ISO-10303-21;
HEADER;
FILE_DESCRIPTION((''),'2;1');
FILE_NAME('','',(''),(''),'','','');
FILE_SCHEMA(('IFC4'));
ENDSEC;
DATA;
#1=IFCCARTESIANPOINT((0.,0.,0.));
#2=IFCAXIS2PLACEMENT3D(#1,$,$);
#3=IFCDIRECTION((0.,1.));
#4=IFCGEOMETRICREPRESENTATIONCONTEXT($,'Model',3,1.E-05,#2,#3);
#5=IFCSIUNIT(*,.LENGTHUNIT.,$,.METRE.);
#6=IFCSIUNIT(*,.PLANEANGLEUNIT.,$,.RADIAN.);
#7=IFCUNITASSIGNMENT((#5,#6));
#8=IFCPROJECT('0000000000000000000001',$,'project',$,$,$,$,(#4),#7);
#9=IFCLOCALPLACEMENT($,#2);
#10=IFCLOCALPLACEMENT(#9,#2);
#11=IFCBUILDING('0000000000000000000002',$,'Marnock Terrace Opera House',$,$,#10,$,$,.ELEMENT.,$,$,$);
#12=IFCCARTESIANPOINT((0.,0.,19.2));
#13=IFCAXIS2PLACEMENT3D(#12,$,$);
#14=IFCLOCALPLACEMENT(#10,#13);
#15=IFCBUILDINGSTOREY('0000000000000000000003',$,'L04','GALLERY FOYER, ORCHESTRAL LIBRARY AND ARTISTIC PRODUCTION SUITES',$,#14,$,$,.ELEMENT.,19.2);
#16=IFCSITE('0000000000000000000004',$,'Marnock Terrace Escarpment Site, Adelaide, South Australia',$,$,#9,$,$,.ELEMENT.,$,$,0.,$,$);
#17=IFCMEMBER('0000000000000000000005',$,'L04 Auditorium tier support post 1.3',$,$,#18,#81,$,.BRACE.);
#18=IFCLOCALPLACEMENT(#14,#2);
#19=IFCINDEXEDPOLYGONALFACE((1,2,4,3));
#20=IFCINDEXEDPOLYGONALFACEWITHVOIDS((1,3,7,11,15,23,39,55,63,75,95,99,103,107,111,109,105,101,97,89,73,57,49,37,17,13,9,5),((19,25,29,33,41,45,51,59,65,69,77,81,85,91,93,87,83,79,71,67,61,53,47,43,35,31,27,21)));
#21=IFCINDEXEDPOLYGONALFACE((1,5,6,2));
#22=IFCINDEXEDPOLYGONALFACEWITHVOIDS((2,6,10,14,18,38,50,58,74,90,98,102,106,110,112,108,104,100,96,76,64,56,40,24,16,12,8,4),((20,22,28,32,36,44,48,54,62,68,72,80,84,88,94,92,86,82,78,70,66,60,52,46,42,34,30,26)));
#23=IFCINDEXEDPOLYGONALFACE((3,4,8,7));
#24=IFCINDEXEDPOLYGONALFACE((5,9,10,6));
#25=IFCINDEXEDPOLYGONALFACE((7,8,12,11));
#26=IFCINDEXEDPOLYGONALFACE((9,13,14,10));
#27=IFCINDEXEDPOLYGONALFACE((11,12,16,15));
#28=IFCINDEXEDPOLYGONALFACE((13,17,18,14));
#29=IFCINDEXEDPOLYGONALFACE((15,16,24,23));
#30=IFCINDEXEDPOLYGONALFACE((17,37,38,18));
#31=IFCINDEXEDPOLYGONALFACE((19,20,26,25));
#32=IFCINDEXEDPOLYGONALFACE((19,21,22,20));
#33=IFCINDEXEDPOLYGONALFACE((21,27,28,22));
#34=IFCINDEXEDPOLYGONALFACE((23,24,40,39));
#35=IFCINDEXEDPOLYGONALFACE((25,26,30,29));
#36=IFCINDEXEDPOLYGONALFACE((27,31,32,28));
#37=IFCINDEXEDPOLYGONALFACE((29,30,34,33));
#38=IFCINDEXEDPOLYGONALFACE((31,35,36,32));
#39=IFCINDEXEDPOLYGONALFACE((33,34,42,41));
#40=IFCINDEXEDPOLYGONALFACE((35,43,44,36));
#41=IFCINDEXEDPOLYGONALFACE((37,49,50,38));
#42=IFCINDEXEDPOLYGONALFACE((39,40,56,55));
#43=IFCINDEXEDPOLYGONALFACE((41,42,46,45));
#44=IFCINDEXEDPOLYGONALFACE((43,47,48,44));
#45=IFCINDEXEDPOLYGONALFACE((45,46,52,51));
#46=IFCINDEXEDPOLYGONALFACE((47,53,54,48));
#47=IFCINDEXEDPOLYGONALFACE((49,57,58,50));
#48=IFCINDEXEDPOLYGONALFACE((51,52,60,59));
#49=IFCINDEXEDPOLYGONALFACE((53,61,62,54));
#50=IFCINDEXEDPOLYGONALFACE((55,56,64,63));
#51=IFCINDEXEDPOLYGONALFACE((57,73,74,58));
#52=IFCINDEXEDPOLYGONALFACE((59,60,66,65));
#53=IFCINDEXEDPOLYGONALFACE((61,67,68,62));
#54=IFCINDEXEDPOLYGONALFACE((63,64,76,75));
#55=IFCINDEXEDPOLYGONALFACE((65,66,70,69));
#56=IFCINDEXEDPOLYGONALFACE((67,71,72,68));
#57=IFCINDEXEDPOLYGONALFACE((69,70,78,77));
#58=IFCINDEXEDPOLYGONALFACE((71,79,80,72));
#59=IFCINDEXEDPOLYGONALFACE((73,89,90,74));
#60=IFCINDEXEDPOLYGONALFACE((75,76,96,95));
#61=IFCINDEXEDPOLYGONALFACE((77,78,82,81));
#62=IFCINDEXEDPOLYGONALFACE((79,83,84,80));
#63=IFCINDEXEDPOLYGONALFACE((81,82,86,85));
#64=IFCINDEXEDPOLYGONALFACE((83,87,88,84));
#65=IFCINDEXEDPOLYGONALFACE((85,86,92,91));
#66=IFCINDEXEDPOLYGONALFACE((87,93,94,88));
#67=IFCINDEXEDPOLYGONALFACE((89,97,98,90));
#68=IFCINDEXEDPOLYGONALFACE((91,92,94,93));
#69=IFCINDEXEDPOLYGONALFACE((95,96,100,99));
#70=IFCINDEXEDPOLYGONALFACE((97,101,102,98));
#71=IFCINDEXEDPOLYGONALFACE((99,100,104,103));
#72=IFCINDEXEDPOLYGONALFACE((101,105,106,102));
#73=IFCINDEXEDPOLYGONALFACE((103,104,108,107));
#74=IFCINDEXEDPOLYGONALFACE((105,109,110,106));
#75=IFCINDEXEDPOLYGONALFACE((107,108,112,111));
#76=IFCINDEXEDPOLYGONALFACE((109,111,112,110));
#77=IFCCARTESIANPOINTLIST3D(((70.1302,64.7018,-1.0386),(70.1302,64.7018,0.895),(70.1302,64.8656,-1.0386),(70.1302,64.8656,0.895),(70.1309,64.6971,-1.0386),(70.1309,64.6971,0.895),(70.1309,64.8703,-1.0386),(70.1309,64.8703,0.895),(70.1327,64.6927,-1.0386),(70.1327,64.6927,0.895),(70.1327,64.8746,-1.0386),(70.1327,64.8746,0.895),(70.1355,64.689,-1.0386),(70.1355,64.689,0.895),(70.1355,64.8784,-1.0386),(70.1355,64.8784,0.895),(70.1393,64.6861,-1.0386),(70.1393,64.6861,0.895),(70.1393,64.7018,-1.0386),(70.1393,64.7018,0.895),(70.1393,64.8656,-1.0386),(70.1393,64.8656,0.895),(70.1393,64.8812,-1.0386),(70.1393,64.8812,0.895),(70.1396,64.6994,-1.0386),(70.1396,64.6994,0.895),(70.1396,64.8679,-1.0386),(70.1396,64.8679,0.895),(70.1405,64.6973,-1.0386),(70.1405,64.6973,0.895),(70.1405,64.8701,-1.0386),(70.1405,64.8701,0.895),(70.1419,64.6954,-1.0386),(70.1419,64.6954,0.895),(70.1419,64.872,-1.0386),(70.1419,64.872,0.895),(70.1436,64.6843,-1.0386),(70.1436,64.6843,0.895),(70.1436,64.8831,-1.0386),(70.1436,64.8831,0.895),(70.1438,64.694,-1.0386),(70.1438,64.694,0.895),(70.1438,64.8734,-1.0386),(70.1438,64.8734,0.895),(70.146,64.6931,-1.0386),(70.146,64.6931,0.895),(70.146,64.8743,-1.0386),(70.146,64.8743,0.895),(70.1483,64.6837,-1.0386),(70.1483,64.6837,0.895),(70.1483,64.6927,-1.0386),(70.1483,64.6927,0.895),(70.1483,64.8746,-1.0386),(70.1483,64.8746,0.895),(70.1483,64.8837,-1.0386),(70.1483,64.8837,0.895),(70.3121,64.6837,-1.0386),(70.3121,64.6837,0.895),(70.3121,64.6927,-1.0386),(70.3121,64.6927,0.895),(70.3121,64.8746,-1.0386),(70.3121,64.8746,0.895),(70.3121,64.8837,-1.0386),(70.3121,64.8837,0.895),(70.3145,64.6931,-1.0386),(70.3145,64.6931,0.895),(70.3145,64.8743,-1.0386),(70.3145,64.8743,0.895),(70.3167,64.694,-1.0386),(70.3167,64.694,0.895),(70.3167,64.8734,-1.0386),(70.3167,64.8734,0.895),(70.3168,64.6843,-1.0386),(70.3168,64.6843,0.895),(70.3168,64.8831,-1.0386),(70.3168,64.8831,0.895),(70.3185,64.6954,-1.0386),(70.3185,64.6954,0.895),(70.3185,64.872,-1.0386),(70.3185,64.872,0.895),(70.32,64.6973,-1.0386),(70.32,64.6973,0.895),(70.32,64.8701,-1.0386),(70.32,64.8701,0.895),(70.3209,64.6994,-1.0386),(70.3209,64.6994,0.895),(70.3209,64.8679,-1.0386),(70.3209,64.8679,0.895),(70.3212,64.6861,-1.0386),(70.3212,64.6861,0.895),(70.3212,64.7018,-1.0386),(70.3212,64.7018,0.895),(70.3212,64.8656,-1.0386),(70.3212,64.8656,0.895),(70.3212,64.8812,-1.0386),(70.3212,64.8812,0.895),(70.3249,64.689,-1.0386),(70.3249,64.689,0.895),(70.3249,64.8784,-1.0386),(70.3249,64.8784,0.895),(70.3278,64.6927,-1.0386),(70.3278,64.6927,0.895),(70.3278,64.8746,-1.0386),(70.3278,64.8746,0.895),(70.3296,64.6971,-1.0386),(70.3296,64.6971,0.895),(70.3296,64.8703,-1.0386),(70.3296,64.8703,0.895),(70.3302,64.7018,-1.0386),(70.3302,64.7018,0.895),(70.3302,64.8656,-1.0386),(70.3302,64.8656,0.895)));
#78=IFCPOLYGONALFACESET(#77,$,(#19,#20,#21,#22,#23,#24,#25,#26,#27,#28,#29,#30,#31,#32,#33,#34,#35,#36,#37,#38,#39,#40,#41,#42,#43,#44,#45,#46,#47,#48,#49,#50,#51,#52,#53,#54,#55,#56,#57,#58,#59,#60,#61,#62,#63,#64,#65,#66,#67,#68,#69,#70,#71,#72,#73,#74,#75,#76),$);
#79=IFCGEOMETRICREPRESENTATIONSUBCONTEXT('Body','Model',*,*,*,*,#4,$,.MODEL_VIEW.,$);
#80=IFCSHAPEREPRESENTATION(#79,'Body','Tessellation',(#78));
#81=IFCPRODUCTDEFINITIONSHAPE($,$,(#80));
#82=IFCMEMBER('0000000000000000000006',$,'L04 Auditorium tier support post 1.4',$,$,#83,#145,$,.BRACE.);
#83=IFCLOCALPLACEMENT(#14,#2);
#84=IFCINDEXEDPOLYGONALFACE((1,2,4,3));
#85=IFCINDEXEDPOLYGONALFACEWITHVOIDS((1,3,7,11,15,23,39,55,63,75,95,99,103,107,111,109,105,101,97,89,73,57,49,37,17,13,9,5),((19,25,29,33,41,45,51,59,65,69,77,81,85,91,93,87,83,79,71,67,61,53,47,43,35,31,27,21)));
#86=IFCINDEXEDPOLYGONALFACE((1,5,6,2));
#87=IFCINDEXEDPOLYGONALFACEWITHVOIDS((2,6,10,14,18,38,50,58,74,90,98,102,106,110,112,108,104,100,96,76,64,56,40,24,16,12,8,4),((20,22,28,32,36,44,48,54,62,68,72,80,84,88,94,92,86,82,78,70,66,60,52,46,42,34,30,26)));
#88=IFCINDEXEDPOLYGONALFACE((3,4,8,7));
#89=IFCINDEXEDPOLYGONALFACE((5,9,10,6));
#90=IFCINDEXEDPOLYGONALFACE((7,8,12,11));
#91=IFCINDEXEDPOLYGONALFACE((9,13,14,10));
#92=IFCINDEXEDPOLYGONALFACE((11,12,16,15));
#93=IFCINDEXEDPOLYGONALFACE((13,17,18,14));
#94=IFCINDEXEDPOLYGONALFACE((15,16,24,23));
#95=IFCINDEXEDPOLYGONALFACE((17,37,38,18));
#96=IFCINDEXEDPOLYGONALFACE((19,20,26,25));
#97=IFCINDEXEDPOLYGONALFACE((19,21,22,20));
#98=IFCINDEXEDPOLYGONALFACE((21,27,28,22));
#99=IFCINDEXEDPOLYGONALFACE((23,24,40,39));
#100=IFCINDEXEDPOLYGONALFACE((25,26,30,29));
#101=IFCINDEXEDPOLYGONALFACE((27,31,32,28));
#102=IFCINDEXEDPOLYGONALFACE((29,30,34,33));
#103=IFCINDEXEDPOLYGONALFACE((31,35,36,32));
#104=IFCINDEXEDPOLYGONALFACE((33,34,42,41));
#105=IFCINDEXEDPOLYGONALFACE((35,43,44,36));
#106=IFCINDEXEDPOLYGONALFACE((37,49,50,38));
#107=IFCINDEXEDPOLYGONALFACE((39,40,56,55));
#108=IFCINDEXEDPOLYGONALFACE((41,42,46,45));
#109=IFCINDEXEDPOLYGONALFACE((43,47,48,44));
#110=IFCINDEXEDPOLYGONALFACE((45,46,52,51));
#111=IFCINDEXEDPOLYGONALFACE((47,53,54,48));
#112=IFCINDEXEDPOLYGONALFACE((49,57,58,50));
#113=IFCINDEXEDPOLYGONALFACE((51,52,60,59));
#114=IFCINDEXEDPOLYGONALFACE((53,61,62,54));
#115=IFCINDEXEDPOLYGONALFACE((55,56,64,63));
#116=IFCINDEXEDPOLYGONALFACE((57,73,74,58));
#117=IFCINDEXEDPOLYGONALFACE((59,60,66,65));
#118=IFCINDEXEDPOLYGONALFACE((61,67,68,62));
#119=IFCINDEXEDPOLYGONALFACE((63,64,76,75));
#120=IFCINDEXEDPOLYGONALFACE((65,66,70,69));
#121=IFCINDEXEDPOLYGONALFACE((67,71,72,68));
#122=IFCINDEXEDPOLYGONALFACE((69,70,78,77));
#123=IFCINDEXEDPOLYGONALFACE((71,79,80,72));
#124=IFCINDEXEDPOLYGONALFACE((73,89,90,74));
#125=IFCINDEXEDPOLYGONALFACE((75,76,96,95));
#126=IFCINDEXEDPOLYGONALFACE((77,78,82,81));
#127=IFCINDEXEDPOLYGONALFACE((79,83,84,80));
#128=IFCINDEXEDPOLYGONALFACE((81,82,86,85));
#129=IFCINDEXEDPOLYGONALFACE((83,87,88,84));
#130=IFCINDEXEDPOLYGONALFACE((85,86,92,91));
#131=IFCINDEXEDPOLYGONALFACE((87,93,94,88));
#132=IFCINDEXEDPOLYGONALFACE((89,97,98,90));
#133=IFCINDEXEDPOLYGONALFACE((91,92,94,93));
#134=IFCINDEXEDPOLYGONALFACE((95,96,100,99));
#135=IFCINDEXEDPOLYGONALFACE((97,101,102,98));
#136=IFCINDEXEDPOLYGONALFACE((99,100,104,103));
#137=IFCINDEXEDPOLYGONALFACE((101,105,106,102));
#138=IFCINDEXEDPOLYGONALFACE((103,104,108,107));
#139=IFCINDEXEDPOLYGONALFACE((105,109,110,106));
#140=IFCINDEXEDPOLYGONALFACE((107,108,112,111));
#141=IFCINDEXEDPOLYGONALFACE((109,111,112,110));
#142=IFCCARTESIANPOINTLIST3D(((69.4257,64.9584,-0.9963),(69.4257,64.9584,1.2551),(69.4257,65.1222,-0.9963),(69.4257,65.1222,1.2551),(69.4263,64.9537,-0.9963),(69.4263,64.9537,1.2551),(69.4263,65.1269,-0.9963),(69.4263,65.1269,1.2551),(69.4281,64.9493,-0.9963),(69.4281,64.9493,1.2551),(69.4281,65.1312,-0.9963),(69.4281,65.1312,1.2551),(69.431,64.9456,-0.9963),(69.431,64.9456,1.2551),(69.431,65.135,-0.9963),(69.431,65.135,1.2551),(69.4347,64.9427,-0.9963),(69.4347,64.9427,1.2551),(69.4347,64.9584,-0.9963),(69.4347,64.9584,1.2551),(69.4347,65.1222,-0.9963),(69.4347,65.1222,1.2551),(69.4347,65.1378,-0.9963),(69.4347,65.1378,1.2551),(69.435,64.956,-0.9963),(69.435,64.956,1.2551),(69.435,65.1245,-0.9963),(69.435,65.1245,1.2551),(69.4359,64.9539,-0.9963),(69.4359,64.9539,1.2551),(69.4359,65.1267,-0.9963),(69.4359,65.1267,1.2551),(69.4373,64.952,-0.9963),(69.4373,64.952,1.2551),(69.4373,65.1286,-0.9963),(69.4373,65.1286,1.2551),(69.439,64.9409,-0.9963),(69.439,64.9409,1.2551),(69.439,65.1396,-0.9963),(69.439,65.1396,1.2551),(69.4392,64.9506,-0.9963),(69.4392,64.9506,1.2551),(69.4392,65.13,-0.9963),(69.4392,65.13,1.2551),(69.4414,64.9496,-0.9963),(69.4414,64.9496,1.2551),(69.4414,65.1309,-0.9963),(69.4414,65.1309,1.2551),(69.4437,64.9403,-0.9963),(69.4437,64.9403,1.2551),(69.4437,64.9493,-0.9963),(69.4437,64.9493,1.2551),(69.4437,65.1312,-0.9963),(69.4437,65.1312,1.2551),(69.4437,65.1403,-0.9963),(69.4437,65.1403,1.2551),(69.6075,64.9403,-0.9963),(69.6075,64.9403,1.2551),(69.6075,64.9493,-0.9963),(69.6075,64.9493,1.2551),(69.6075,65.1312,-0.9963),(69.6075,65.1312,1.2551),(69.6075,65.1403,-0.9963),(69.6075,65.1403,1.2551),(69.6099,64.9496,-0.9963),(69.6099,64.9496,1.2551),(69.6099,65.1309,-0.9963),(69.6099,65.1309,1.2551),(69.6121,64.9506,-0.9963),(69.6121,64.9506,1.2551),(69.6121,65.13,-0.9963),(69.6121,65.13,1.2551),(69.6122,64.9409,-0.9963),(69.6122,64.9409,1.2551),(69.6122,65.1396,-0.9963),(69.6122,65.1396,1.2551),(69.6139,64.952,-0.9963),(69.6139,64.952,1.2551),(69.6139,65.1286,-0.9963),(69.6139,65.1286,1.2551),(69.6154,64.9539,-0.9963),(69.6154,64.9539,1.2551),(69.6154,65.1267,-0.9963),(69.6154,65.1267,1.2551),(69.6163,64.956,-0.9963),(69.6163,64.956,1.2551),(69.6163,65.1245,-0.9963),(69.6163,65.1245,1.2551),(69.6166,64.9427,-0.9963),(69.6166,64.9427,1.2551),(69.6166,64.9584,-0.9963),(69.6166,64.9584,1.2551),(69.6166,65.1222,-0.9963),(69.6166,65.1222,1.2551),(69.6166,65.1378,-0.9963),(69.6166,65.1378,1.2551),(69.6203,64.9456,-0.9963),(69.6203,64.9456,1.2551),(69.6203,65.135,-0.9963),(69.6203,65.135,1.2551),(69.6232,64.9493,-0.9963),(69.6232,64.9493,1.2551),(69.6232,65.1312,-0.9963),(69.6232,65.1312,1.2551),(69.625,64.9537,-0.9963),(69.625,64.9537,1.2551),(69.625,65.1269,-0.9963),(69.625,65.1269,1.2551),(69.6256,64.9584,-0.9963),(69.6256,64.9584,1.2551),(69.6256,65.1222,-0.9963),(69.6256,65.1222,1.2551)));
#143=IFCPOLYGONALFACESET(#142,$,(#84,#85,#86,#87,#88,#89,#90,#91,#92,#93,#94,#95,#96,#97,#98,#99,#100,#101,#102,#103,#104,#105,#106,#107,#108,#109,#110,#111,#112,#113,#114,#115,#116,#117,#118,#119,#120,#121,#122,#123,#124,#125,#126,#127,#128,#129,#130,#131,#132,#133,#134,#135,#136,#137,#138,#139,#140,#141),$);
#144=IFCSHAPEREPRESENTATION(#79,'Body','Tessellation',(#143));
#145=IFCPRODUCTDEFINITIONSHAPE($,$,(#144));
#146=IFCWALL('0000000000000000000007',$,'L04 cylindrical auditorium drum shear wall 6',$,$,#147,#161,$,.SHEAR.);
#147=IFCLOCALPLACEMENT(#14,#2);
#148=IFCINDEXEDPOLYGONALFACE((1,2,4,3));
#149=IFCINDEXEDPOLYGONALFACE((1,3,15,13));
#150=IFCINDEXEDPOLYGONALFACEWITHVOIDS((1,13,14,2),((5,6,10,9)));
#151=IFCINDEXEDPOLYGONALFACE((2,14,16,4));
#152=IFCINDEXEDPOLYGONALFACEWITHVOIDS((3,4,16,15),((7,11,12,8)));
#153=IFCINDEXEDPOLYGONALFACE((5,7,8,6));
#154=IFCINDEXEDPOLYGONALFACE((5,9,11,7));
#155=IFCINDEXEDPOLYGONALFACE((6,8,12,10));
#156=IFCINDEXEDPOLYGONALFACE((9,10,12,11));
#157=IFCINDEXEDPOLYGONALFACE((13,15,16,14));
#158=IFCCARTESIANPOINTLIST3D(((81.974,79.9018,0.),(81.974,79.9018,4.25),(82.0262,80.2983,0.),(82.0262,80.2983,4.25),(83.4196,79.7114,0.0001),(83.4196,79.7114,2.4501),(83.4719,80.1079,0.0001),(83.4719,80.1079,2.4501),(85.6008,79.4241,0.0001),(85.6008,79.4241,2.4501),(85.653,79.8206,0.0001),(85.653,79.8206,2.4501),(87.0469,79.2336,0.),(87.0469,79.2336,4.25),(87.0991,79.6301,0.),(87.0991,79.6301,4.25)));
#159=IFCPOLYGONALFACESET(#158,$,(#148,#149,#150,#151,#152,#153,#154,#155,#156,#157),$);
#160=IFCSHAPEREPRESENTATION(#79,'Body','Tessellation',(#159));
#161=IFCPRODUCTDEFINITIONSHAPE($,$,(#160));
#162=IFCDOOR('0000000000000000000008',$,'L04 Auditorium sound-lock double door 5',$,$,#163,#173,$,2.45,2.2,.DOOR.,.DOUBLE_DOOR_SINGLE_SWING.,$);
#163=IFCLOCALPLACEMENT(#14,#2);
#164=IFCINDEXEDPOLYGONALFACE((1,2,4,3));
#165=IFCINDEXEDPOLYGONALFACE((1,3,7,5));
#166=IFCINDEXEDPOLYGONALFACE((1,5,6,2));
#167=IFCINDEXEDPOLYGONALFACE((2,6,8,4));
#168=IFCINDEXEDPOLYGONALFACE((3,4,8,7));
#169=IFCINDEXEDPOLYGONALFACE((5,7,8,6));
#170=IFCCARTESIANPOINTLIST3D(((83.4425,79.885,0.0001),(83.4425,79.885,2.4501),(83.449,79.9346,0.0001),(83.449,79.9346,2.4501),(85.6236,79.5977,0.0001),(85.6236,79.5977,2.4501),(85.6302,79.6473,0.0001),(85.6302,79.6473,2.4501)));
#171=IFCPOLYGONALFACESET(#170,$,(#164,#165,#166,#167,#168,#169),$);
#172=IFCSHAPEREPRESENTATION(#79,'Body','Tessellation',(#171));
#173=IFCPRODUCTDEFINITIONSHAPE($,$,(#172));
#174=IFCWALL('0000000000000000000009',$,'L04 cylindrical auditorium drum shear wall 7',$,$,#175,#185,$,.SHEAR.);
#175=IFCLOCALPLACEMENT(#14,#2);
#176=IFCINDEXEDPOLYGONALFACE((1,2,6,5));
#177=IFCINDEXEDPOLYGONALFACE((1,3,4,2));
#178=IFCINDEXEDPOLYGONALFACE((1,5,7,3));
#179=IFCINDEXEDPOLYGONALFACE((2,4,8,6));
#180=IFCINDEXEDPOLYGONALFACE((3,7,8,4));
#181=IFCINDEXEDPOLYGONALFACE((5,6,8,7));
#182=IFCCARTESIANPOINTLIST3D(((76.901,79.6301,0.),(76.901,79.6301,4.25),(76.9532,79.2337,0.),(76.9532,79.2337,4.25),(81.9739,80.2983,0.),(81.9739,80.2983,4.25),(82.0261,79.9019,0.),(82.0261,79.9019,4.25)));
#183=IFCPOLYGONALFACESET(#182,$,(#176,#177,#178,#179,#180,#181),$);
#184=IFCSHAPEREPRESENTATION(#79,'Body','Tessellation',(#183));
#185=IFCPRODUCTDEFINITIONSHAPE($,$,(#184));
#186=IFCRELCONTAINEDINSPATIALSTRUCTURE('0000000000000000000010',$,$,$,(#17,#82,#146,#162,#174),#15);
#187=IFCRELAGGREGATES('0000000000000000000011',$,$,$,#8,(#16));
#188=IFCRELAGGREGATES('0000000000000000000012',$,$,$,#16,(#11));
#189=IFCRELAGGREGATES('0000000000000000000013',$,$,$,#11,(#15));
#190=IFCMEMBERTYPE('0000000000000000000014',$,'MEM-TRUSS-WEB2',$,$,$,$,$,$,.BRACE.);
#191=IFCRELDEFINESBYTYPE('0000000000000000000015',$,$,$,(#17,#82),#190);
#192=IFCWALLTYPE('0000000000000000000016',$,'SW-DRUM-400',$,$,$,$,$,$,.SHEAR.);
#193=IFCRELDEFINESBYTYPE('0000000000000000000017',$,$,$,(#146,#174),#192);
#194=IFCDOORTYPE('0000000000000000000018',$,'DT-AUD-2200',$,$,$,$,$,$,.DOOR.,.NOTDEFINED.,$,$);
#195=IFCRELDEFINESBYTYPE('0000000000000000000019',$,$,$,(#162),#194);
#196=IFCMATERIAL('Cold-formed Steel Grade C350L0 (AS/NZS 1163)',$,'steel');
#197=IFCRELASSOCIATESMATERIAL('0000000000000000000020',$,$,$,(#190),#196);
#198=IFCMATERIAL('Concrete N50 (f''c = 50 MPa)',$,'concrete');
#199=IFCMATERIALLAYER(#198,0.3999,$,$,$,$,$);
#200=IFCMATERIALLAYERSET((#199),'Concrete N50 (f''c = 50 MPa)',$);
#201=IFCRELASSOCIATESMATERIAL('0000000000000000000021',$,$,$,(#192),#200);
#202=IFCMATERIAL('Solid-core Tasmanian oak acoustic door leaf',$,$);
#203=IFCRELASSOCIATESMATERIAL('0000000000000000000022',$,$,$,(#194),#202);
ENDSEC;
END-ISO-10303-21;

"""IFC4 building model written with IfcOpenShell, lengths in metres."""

from ifc_helpers import new_model, si_unit, direction, frame, frame_2d, origin, origin_2d, place, context, subcontext, project, spatial, rectangle, hollow_rectangle, extrude, material, layer, layer_set, material_profile, profile_set, type_object, element, fill, save


model = new_model("IFC4")

# Units and contexts
model_context = context("Model", 3, precision=1e-05, world=origin(), true_north=direction((0.0, 1.0)))
body_context = subcontext(model_context, "Body", "Model", "MODEL_VIEW")
ifc_project = project(units=[si_unit("LENGTHUNIT", "METRE"), si_unit("PLANEANGLEUNIT", "RADIAN")], contexts=[model_context])

# Site, building, storey
site_placement = place(None, origin())
site = spatial("IfcSite", under=ifc_project, at=site_placement, Name="Marnock Terrace Escarpment Site, Adelaide, South Australia", CompositionType="ELEMENT", RefElevation=0.0)
building_placement = place(site_placement, origin())
building = spatial("IfcBuilding", under=site, at=building_placement, Name="Marnock Terrace Opera House", CompositionType="ELEMENT")
storey_placement = place(building_placement, frame((0.0, 0.0, 19.2)))
storey = spatial("IfcBuildingStorey", under=building, at=storey_placement, Name="L04", Description="GALLERY FOYER, ORCHESTRAL LIBRARY AND ARTISTIC PRODUCTION SUITES", CompositionType="ELEMENT", Elevation=19.2)

# Shared definitions
ifc_material_1 = material(Name="Concrete N50 (f'c = 50 MPa)", Category="concrete")

# Members
ifc_material_2 = material(Name="Cold-formed Steel Grade C350L0 (AS/NZS 1163)", Category="steel")
ifc_material_profile_1 = material_profile(ifc_material_2, hollow_rectangle(XDim=0.2, YDim=0.2, WallThickness=0.009, InnerFilletRadius=0.009, OuterFilletRadius=0.0181, at=origin_2d()))
ifc_profile_set_1 = profile_set([ifc_material_profile_1], Name="Cold-formed Steel Grade C350L0 (AS/NZS 1163)")
member_type = type_object("IfcMemberType", Name="MEM-TRUSS-WEB2", PredefinedType="BRACE", material=ifc_profile_set_1)
member_1_placement = place(storey_placement, frame((70.2302, 64.7837, -1.0386), z_axis=(0.0, 0.0, 1.0), x_axis=(1.0, 0.0, 0.0)))
element("IfcMember", 1, at=member_1_placement, inside=storey, type_object=member_type, Name="L04 Auditorium tier support post 1.3", PredefinedType="BRACE", context=body_context, shape_type="SweptSolid", body=[
    extrude(hollow_rectangle(XDim=0.2, YDim=0.2, WallThickness=0.009, InnerFilletRadius=0.009, OuterFilletRadius=0.0181, at=origin_2d()), origin(), (0.0, 0.0, 1.0), 1.9336),
])
member_2_placement = place(storey_placement, frame((69.5256, 65.0403, -0.9963), z_axis=(0.0, 0.0, 1.0), x_axis=(1.0, 0.0, 0.0)))
element("IfcMember", 2, at=member_2_placement, inside=storey, type_object=member_type, Name="L04 Auditorium tier support post 1.4", PredefinedType="BRACE", context=body_context, shape_type="SweptSolid", body=[
    extrude(hollow_rectangle(XDim=0.2, YDim=0.2, WallThickness=0.009, InnerFilletRadius=0.009, OuterFilletRadius=0.0181, at=origin_2d()), origin(), (0.0, 0.0, 1.0), 2.2515),
])

# Wall, opening, door
ifc_layer_1 = layer(ifc_material_1, 0.3999)
ifc_layer_set_1 = layer_set([ifc_layer_1], Name="Concrete N50 (f'c = 50 MPa)")
wall_type_1 = type_object("IfcWallType", Name="SW-DRUM-400", PredefinedType="SHEAR", material=ifc_layer_set_1)
wall_1_placement = place(storey_placement, frame((87.073, 79.4319, 0.0), z_axis=(0.0, 0.0, 1.0), x_axis=(-0.991436, 0.130592, 0.0)))
wall_1 = element("IfcWall", 3, at=wall_1_placement, inside=storey, type_object=wall_type_1, Name="L04 cylindrical auditorium drum shear wall 6", PredefinedType="SHEAR", context=body_context, shape_type="SweptSolid", body=[
    extrude(rectangle(XDim=5.1167, YDim=0.3999, at=frame_2d((2.5583, 0.0))), origin(), (0.0, 0.0, 1.0), 4.25),
])
opening_1_placement = place(wall_1_placement, frame((1.4585, 0.0, 0.0)))
opening_1 = element("IfcOpeningElement", 4, at=opening_1_placement, cuts=wall_1, PredefinedType="OPENING", context=body_context, shape_type="SweptSolid", body=[
    extrude(rectangle(XDim=2.2, YDim=2.45, at=frame_2d((1.1001, 1.2251))), frame((0.0, 0.21, 0.0), z_axis=(0.0, -1.0, 0.0), x_axis=(1.0, 0.0, 0.0)), (0.0, 0.0, 1.0), 0.4199),
])
ifc_material_3 = material(Name="Solid-core Tasmanian oak acoustic door leaf")
door_type_1 = type_object("IfcDoorType", Name="DT-AUD-2200", OperationType="NOTDEFINED", PredefinedType="DOOR", material=ifc_material_3)
door_1_placement = place(opening_1_placement, origin())
door_1 = element("IfcDoor", 5, at=door_1_placement, inside=storey, type_object=door_type_1, Name="L04 Auditorium sound-lock double door 5", OperationType="DOUBLE_DOOR_SINGLE_SWING", OverallHeight=2.45, OverallWidth=2.2, PredefinedType="DOOR", context=body_context, shape_type="SweptSolid", body=[
    extrude(rectangle(XDim=2.2, YDim=2.45, at=frame_2d((1.1001, 1.2251))), frame((0.0, 0.0249, 0.0), z_axis=(0.0, -1.0, 0.0), x_axis=(1.0, 0.0, 0.0)), (0.0, 0.0, 1.0), 0.05),
])
fill(opening_1, door_1)

# Wall
wall_2_placement = place(storey_placement, frame((82.0, 80.1001, 0.0), z_axis=(0.0, 0.0, 1.0), x_axis=(-0.991436, -0.130592, 0.0)))
element("IfcWall", 6, at=wall_2_placement, inside=storey, type_object=wall_type_1, Name="L04 cylindrical auditorium drum shear wall 7", PredefinedType="SHEAR", context=body_context, shape_type="SweptSolid", body=[
    extrude(rectangle(XDim=5.1167, YDim=0.3999, at=frame_2d((2.5583, 0.0))), origin(), (0.0, 0.0, 1.0), 4.25),
])

save(model, "model.ifc")
